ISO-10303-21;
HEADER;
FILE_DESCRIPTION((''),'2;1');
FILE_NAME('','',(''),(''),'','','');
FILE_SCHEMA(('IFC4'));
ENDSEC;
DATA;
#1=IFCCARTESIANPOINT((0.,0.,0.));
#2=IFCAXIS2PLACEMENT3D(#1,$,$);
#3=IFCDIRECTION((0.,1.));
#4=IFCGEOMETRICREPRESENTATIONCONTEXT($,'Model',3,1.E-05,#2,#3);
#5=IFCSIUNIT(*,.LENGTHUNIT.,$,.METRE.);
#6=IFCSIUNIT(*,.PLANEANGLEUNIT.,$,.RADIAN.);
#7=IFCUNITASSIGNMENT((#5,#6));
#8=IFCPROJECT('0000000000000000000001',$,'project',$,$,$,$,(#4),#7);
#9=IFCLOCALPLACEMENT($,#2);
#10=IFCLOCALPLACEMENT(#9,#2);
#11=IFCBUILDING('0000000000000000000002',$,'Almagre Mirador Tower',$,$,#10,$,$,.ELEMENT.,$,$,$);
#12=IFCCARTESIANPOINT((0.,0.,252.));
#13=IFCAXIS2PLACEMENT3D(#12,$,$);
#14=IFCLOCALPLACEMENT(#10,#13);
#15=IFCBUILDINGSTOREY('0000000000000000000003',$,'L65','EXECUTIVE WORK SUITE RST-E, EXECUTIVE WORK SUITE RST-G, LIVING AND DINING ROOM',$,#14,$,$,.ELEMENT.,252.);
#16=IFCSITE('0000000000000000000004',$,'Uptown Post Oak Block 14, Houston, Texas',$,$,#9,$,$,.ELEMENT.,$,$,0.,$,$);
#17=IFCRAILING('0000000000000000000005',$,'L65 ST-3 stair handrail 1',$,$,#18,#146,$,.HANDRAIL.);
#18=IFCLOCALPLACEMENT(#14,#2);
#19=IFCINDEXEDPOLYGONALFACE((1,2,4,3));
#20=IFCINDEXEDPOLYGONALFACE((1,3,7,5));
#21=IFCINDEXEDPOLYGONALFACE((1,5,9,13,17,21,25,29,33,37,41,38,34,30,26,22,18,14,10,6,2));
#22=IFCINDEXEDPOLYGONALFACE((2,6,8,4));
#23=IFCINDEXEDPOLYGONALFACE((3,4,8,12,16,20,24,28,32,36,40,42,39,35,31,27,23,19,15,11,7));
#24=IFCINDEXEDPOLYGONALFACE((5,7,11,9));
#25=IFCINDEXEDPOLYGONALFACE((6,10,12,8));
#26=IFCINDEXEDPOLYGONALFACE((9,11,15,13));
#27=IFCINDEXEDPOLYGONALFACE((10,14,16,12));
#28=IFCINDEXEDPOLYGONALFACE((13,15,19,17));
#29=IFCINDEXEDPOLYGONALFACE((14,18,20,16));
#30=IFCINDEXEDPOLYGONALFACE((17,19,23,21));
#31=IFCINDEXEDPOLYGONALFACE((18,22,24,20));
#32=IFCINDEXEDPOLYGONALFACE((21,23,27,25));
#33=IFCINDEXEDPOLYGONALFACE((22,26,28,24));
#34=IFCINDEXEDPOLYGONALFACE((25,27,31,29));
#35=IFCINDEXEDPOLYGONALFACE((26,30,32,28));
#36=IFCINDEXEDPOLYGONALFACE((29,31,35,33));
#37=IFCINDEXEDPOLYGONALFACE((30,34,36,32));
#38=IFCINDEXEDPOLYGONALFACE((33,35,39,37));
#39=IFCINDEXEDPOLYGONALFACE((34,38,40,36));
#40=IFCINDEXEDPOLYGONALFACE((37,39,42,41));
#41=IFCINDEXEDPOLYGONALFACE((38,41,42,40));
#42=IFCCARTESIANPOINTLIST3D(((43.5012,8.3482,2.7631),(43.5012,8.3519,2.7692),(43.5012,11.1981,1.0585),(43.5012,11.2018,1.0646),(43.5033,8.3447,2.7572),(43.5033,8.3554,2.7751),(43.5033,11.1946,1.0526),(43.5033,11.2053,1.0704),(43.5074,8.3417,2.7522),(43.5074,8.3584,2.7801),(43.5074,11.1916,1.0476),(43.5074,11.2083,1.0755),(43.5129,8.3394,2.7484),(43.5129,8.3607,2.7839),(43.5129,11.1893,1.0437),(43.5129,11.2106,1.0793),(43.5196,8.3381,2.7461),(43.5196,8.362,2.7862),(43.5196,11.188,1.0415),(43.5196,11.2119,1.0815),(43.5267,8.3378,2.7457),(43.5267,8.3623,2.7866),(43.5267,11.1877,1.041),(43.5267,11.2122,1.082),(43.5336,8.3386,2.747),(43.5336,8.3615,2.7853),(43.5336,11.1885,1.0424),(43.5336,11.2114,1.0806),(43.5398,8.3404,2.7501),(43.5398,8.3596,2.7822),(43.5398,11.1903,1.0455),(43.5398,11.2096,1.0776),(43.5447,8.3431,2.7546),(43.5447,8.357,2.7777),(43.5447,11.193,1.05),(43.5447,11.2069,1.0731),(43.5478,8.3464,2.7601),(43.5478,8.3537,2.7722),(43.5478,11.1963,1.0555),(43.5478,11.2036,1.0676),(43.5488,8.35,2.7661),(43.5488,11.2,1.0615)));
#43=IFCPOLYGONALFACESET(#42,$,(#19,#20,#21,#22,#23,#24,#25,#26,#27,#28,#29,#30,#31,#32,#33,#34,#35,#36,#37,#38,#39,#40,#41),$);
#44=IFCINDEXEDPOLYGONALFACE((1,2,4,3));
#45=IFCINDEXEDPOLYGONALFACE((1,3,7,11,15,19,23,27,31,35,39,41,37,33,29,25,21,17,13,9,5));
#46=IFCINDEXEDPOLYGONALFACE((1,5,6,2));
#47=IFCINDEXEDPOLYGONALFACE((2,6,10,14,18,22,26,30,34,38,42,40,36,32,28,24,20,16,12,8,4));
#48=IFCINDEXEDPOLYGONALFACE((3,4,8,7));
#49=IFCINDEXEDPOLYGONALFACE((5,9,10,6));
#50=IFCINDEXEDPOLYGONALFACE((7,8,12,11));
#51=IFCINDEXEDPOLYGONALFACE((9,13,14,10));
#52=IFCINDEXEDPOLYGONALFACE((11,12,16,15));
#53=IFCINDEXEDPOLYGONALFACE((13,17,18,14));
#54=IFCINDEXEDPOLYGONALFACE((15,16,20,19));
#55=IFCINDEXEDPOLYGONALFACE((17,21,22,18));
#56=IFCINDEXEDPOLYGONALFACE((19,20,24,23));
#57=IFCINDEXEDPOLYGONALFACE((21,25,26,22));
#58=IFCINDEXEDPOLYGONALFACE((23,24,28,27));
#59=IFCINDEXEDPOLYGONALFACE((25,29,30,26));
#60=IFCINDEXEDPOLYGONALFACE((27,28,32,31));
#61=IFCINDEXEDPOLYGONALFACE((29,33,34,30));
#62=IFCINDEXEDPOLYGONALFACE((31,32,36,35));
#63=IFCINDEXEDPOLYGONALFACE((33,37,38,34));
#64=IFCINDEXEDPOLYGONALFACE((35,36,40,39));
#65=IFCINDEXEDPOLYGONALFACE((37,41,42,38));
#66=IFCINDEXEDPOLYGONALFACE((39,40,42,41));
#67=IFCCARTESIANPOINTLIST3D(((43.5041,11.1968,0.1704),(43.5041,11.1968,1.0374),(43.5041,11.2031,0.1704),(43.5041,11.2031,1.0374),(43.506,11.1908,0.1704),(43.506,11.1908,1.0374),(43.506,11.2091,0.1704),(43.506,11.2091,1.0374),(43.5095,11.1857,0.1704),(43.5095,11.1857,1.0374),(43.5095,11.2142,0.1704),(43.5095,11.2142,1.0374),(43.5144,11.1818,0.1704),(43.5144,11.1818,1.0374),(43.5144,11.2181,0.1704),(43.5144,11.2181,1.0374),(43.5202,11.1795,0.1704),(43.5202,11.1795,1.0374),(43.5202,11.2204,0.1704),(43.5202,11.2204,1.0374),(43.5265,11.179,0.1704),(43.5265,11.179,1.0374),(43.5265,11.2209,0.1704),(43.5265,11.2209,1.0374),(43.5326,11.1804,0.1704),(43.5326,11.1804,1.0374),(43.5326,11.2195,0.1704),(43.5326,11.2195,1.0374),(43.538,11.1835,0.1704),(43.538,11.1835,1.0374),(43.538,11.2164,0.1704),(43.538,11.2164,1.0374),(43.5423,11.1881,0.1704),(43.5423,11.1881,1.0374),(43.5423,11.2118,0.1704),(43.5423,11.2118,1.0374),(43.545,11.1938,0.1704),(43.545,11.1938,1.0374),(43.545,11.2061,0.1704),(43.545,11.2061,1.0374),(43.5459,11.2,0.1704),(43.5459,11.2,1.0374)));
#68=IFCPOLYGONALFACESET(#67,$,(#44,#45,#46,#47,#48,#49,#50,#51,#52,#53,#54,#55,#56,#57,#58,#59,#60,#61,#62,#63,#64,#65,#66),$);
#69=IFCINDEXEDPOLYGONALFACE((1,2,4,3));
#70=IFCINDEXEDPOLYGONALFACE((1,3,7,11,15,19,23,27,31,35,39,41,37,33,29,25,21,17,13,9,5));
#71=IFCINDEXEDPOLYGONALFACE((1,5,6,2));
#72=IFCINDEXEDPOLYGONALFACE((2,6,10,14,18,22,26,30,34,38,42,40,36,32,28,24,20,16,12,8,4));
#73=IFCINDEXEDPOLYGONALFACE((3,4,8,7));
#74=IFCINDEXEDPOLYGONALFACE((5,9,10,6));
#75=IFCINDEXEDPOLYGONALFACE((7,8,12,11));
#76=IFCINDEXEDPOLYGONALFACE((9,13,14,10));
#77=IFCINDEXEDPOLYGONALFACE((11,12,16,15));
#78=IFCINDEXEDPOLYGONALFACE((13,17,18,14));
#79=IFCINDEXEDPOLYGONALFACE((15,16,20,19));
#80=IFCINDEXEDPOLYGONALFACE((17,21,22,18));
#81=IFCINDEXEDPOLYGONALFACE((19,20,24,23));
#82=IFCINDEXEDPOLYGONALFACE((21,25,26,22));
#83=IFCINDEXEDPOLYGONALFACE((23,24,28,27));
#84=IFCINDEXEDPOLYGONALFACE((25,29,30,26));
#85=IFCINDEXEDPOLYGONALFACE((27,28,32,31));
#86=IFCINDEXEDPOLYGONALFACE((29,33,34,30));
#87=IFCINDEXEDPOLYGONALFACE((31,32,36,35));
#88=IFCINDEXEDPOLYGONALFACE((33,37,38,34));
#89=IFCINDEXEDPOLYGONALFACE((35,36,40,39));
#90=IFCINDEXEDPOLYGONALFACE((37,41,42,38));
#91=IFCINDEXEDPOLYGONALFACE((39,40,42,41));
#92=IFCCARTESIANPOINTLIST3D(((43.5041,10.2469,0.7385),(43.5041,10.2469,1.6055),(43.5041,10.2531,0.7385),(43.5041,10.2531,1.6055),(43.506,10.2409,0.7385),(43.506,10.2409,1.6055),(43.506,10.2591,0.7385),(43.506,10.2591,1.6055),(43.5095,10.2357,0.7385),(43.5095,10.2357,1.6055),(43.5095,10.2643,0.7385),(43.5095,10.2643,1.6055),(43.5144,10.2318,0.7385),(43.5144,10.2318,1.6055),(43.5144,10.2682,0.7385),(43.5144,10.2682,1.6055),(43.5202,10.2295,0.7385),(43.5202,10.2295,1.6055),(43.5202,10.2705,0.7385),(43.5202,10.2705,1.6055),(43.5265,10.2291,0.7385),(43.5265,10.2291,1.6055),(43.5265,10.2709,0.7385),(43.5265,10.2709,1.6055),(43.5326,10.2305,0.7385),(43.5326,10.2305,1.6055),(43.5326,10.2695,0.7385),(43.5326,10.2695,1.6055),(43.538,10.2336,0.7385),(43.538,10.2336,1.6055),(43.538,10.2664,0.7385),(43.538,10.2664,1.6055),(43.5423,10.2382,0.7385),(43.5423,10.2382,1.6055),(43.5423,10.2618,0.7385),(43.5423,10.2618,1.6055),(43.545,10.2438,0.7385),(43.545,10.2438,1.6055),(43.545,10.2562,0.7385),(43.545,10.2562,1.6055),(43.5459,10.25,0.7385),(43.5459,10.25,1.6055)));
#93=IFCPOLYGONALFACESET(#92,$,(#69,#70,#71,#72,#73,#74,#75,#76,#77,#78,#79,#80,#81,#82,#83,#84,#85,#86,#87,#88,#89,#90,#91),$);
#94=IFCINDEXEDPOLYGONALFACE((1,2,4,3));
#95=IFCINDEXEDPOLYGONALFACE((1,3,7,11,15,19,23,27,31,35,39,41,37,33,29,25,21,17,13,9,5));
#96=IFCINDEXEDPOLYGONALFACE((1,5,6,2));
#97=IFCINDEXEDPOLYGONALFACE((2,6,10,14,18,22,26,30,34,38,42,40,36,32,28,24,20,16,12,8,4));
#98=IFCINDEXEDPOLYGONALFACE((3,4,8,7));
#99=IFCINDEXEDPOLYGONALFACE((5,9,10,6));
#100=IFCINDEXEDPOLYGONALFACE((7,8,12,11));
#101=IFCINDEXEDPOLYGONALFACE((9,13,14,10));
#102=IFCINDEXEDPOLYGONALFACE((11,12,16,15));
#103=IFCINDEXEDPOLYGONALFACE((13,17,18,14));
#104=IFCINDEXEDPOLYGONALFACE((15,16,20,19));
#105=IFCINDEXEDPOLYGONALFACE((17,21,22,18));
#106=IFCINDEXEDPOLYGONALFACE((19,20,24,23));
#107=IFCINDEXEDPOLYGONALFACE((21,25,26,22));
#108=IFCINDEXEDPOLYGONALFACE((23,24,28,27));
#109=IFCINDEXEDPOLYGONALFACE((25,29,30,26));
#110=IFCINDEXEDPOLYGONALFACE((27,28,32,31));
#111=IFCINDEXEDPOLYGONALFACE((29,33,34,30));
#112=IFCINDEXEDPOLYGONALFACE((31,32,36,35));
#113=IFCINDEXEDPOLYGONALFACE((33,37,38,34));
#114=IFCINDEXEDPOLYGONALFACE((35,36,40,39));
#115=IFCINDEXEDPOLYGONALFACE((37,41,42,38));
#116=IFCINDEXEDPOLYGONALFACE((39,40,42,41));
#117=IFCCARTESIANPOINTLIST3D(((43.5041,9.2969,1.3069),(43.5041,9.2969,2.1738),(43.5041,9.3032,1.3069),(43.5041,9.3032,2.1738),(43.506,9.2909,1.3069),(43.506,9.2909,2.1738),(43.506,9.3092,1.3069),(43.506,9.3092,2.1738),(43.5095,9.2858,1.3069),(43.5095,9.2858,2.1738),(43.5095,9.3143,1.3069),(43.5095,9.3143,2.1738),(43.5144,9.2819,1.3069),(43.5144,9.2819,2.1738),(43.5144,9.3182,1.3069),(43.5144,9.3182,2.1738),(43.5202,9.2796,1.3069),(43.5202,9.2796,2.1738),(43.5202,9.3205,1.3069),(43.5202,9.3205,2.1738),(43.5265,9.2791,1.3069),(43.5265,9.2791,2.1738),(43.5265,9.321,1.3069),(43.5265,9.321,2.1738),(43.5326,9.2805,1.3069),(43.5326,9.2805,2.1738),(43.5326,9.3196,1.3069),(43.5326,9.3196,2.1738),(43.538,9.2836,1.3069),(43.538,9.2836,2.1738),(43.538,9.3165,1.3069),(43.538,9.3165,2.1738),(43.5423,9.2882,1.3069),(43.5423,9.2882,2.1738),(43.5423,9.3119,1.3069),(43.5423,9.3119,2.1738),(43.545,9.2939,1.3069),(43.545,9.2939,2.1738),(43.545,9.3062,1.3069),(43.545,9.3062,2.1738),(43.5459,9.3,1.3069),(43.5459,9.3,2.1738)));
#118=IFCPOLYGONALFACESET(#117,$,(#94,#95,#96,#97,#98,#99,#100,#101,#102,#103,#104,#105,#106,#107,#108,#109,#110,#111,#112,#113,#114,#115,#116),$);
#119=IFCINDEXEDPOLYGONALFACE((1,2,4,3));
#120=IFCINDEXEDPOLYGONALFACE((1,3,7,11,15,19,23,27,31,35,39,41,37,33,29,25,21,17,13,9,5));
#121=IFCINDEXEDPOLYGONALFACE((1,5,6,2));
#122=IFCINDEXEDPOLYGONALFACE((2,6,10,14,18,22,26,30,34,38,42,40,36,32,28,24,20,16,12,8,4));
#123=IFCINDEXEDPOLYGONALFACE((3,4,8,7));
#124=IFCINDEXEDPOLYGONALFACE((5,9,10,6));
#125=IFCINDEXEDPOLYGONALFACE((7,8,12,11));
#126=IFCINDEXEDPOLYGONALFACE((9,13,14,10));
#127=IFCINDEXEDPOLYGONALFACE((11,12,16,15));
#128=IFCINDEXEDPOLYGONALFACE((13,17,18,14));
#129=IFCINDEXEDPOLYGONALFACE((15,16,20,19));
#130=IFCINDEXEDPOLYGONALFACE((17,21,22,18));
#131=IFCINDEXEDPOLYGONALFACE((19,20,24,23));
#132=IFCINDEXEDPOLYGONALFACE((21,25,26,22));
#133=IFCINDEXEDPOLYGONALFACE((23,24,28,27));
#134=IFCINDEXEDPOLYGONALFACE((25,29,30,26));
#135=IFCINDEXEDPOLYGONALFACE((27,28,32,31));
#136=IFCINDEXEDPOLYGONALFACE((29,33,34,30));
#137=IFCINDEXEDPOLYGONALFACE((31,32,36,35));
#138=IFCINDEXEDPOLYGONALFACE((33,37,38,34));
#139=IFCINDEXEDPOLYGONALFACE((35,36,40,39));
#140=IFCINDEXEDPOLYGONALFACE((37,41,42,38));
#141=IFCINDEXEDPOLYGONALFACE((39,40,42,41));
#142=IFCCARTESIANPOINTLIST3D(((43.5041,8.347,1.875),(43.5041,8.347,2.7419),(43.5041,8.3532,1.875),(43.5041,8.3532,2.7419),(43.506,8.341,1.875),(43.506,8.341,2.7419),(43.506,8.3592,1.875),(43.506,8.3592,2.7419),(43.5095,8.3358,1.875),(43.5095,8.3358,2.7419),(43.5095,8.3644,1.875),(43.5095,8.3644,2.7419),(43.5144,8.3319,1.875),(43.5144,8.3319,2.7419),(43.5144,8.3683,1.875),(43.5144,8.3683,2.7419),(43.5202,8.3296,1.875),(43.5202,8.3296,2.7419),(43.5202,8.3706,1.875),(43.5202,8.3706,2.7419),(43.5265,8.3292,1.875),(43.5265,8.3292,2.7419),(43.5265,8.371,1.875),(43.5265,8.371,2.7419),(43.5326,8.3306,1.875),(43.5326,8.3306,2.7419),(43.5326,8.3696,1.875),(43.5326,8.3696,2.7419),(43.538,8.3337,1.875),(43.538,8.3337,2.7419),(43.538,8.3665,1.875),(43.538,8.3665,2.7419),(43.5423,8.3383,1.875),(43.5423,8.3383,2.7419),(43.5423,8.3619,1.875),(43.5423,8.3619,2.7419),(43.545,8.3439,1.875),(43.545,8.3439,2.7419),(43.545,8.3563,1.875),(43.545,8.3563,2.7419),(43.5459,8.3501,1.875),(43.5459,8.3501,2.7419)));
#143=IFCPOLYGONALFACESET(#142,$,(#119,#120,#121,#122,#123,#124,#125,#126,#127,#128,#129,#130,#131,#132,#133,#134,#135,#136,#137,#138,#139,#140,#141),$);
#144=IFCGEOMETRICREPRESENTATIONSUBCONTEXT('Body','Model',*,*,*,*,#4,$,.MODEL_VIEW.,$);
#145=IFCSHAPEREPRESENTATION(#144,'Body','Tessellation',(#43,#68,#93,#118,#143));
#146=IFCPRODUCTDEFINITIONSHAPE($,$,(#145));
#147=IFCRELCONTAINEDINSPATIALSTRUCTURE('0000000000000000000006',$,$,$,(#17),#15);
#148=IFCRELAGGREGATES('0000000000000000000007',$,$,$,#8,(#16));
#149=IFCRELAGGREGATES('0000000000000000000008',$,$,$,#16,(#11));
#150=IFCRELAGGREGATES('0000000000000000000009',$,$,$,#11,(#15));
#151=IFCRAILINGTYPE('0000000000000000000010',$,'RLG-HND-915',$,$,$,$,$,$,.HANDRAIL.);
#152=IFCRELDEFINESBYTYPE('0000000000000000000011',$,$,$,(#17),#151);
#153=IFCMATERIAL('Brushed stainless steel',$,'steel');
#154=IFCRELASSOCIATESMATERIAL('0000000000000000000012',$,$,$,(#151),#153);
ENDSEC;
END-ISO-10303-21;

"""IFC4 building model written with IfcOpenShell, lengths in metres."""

from ifc_helpers import new_model, si_unit, direction, frame, origin, origin_2d, place, context, subcontext, project, spatial, circle, extrude, material, type_object, element, save


model = new_model("IFC4")

# Units and contexts
model_context = context("Model", 3, precision=1e-05, world=origin(), true_north=direction((0.0, 1.0)))
body_context = subcontext(model_context, "Body", "Model", "MODEL_VIEW")
ifc_project = project(units=[si_unit("LENGTHUNIT", "METRE"), si_unit("PLANEANGLEUNIT", "RADIAN")], contexts=[model_context])

# Site, building, storey
site_placement = place(None, origin())
site = spatial("IfcSite", under=ifc_project, at=site_placement, Name="Uptown Post Oak Block 14, Houston, Texas", CompositionType="ELEMENT", RefElevation=0.0)
building_placement = place(site_placement, origin())
building = spatial("IfcBuilding", under=site, at=building_placement, Name="Almagre Mirador Tower", CompositionType="ELEMENT")
storey_placement = place(building_placement, frame((0.0, 0.0, 252.0)))
storey = spatial("IfcBuildingStorey", under=building, at=storey_placement, Name="L65", Description="EXECUTIVE WORK SUITE RST-E, EXECUTIVE WORK SUITE RST-G, LIVING AND DINING ROOM", CompositionType="ELEMENT", Elevation=252.0)

# Railing
ifc_material_1 = material(Name="Brushed stainless steel", Category="steel")
railing_type_1 = type_object("IfcRailingType", Name="RLG-HND-915", PredefinedType="HANDRAIL", material=ifc_material_1)
railing_1_placement = place(storey_placement, frame((43.5249, 11.2, 0.1704)))
element("IfcRailing", 1, at=railing_1_placement, inside=storey, type_object=railing_type_1, Name="L65 ST-3 stair handrail 1", PredefinedType="HANDRAIL", context=body_context, shape_type="SweptSolid", body=[
    extrude(circle(Radius=0.0239, at=origin_2d()), frame((0.0, 0.0, 0.8911), z_axis=(0.0, -0.858199, 0.513317), x_axis=(1.0, 0.0, 0.0)), (0.0, 0.0, 1.0), 3.3208),
    extrude(circle(Radius=0.021, at=origin_2d()), origin(), (0.0, 0.0, 1.0), 0.8669),
    extrude(circle(Radius=0.021, at=origin_2d()), frame((0.0, -0.95, 0.5681)), (0.0, 0.0, 1.0), 0.8669),
    extrude(circle(Radius=0.021, at=origin_2d()), frame((0.0, -1.8999, 1.1365)), (0.0, 0.0, 1.0), 0.8669),
    extrude(circle(Radius=0.021, at=origin_2d()), frame((0.0, -2.8499, 1.7046)), (0.0, 0.0, 1.0), 0.8669),
])

save(model, "model.ifc")
